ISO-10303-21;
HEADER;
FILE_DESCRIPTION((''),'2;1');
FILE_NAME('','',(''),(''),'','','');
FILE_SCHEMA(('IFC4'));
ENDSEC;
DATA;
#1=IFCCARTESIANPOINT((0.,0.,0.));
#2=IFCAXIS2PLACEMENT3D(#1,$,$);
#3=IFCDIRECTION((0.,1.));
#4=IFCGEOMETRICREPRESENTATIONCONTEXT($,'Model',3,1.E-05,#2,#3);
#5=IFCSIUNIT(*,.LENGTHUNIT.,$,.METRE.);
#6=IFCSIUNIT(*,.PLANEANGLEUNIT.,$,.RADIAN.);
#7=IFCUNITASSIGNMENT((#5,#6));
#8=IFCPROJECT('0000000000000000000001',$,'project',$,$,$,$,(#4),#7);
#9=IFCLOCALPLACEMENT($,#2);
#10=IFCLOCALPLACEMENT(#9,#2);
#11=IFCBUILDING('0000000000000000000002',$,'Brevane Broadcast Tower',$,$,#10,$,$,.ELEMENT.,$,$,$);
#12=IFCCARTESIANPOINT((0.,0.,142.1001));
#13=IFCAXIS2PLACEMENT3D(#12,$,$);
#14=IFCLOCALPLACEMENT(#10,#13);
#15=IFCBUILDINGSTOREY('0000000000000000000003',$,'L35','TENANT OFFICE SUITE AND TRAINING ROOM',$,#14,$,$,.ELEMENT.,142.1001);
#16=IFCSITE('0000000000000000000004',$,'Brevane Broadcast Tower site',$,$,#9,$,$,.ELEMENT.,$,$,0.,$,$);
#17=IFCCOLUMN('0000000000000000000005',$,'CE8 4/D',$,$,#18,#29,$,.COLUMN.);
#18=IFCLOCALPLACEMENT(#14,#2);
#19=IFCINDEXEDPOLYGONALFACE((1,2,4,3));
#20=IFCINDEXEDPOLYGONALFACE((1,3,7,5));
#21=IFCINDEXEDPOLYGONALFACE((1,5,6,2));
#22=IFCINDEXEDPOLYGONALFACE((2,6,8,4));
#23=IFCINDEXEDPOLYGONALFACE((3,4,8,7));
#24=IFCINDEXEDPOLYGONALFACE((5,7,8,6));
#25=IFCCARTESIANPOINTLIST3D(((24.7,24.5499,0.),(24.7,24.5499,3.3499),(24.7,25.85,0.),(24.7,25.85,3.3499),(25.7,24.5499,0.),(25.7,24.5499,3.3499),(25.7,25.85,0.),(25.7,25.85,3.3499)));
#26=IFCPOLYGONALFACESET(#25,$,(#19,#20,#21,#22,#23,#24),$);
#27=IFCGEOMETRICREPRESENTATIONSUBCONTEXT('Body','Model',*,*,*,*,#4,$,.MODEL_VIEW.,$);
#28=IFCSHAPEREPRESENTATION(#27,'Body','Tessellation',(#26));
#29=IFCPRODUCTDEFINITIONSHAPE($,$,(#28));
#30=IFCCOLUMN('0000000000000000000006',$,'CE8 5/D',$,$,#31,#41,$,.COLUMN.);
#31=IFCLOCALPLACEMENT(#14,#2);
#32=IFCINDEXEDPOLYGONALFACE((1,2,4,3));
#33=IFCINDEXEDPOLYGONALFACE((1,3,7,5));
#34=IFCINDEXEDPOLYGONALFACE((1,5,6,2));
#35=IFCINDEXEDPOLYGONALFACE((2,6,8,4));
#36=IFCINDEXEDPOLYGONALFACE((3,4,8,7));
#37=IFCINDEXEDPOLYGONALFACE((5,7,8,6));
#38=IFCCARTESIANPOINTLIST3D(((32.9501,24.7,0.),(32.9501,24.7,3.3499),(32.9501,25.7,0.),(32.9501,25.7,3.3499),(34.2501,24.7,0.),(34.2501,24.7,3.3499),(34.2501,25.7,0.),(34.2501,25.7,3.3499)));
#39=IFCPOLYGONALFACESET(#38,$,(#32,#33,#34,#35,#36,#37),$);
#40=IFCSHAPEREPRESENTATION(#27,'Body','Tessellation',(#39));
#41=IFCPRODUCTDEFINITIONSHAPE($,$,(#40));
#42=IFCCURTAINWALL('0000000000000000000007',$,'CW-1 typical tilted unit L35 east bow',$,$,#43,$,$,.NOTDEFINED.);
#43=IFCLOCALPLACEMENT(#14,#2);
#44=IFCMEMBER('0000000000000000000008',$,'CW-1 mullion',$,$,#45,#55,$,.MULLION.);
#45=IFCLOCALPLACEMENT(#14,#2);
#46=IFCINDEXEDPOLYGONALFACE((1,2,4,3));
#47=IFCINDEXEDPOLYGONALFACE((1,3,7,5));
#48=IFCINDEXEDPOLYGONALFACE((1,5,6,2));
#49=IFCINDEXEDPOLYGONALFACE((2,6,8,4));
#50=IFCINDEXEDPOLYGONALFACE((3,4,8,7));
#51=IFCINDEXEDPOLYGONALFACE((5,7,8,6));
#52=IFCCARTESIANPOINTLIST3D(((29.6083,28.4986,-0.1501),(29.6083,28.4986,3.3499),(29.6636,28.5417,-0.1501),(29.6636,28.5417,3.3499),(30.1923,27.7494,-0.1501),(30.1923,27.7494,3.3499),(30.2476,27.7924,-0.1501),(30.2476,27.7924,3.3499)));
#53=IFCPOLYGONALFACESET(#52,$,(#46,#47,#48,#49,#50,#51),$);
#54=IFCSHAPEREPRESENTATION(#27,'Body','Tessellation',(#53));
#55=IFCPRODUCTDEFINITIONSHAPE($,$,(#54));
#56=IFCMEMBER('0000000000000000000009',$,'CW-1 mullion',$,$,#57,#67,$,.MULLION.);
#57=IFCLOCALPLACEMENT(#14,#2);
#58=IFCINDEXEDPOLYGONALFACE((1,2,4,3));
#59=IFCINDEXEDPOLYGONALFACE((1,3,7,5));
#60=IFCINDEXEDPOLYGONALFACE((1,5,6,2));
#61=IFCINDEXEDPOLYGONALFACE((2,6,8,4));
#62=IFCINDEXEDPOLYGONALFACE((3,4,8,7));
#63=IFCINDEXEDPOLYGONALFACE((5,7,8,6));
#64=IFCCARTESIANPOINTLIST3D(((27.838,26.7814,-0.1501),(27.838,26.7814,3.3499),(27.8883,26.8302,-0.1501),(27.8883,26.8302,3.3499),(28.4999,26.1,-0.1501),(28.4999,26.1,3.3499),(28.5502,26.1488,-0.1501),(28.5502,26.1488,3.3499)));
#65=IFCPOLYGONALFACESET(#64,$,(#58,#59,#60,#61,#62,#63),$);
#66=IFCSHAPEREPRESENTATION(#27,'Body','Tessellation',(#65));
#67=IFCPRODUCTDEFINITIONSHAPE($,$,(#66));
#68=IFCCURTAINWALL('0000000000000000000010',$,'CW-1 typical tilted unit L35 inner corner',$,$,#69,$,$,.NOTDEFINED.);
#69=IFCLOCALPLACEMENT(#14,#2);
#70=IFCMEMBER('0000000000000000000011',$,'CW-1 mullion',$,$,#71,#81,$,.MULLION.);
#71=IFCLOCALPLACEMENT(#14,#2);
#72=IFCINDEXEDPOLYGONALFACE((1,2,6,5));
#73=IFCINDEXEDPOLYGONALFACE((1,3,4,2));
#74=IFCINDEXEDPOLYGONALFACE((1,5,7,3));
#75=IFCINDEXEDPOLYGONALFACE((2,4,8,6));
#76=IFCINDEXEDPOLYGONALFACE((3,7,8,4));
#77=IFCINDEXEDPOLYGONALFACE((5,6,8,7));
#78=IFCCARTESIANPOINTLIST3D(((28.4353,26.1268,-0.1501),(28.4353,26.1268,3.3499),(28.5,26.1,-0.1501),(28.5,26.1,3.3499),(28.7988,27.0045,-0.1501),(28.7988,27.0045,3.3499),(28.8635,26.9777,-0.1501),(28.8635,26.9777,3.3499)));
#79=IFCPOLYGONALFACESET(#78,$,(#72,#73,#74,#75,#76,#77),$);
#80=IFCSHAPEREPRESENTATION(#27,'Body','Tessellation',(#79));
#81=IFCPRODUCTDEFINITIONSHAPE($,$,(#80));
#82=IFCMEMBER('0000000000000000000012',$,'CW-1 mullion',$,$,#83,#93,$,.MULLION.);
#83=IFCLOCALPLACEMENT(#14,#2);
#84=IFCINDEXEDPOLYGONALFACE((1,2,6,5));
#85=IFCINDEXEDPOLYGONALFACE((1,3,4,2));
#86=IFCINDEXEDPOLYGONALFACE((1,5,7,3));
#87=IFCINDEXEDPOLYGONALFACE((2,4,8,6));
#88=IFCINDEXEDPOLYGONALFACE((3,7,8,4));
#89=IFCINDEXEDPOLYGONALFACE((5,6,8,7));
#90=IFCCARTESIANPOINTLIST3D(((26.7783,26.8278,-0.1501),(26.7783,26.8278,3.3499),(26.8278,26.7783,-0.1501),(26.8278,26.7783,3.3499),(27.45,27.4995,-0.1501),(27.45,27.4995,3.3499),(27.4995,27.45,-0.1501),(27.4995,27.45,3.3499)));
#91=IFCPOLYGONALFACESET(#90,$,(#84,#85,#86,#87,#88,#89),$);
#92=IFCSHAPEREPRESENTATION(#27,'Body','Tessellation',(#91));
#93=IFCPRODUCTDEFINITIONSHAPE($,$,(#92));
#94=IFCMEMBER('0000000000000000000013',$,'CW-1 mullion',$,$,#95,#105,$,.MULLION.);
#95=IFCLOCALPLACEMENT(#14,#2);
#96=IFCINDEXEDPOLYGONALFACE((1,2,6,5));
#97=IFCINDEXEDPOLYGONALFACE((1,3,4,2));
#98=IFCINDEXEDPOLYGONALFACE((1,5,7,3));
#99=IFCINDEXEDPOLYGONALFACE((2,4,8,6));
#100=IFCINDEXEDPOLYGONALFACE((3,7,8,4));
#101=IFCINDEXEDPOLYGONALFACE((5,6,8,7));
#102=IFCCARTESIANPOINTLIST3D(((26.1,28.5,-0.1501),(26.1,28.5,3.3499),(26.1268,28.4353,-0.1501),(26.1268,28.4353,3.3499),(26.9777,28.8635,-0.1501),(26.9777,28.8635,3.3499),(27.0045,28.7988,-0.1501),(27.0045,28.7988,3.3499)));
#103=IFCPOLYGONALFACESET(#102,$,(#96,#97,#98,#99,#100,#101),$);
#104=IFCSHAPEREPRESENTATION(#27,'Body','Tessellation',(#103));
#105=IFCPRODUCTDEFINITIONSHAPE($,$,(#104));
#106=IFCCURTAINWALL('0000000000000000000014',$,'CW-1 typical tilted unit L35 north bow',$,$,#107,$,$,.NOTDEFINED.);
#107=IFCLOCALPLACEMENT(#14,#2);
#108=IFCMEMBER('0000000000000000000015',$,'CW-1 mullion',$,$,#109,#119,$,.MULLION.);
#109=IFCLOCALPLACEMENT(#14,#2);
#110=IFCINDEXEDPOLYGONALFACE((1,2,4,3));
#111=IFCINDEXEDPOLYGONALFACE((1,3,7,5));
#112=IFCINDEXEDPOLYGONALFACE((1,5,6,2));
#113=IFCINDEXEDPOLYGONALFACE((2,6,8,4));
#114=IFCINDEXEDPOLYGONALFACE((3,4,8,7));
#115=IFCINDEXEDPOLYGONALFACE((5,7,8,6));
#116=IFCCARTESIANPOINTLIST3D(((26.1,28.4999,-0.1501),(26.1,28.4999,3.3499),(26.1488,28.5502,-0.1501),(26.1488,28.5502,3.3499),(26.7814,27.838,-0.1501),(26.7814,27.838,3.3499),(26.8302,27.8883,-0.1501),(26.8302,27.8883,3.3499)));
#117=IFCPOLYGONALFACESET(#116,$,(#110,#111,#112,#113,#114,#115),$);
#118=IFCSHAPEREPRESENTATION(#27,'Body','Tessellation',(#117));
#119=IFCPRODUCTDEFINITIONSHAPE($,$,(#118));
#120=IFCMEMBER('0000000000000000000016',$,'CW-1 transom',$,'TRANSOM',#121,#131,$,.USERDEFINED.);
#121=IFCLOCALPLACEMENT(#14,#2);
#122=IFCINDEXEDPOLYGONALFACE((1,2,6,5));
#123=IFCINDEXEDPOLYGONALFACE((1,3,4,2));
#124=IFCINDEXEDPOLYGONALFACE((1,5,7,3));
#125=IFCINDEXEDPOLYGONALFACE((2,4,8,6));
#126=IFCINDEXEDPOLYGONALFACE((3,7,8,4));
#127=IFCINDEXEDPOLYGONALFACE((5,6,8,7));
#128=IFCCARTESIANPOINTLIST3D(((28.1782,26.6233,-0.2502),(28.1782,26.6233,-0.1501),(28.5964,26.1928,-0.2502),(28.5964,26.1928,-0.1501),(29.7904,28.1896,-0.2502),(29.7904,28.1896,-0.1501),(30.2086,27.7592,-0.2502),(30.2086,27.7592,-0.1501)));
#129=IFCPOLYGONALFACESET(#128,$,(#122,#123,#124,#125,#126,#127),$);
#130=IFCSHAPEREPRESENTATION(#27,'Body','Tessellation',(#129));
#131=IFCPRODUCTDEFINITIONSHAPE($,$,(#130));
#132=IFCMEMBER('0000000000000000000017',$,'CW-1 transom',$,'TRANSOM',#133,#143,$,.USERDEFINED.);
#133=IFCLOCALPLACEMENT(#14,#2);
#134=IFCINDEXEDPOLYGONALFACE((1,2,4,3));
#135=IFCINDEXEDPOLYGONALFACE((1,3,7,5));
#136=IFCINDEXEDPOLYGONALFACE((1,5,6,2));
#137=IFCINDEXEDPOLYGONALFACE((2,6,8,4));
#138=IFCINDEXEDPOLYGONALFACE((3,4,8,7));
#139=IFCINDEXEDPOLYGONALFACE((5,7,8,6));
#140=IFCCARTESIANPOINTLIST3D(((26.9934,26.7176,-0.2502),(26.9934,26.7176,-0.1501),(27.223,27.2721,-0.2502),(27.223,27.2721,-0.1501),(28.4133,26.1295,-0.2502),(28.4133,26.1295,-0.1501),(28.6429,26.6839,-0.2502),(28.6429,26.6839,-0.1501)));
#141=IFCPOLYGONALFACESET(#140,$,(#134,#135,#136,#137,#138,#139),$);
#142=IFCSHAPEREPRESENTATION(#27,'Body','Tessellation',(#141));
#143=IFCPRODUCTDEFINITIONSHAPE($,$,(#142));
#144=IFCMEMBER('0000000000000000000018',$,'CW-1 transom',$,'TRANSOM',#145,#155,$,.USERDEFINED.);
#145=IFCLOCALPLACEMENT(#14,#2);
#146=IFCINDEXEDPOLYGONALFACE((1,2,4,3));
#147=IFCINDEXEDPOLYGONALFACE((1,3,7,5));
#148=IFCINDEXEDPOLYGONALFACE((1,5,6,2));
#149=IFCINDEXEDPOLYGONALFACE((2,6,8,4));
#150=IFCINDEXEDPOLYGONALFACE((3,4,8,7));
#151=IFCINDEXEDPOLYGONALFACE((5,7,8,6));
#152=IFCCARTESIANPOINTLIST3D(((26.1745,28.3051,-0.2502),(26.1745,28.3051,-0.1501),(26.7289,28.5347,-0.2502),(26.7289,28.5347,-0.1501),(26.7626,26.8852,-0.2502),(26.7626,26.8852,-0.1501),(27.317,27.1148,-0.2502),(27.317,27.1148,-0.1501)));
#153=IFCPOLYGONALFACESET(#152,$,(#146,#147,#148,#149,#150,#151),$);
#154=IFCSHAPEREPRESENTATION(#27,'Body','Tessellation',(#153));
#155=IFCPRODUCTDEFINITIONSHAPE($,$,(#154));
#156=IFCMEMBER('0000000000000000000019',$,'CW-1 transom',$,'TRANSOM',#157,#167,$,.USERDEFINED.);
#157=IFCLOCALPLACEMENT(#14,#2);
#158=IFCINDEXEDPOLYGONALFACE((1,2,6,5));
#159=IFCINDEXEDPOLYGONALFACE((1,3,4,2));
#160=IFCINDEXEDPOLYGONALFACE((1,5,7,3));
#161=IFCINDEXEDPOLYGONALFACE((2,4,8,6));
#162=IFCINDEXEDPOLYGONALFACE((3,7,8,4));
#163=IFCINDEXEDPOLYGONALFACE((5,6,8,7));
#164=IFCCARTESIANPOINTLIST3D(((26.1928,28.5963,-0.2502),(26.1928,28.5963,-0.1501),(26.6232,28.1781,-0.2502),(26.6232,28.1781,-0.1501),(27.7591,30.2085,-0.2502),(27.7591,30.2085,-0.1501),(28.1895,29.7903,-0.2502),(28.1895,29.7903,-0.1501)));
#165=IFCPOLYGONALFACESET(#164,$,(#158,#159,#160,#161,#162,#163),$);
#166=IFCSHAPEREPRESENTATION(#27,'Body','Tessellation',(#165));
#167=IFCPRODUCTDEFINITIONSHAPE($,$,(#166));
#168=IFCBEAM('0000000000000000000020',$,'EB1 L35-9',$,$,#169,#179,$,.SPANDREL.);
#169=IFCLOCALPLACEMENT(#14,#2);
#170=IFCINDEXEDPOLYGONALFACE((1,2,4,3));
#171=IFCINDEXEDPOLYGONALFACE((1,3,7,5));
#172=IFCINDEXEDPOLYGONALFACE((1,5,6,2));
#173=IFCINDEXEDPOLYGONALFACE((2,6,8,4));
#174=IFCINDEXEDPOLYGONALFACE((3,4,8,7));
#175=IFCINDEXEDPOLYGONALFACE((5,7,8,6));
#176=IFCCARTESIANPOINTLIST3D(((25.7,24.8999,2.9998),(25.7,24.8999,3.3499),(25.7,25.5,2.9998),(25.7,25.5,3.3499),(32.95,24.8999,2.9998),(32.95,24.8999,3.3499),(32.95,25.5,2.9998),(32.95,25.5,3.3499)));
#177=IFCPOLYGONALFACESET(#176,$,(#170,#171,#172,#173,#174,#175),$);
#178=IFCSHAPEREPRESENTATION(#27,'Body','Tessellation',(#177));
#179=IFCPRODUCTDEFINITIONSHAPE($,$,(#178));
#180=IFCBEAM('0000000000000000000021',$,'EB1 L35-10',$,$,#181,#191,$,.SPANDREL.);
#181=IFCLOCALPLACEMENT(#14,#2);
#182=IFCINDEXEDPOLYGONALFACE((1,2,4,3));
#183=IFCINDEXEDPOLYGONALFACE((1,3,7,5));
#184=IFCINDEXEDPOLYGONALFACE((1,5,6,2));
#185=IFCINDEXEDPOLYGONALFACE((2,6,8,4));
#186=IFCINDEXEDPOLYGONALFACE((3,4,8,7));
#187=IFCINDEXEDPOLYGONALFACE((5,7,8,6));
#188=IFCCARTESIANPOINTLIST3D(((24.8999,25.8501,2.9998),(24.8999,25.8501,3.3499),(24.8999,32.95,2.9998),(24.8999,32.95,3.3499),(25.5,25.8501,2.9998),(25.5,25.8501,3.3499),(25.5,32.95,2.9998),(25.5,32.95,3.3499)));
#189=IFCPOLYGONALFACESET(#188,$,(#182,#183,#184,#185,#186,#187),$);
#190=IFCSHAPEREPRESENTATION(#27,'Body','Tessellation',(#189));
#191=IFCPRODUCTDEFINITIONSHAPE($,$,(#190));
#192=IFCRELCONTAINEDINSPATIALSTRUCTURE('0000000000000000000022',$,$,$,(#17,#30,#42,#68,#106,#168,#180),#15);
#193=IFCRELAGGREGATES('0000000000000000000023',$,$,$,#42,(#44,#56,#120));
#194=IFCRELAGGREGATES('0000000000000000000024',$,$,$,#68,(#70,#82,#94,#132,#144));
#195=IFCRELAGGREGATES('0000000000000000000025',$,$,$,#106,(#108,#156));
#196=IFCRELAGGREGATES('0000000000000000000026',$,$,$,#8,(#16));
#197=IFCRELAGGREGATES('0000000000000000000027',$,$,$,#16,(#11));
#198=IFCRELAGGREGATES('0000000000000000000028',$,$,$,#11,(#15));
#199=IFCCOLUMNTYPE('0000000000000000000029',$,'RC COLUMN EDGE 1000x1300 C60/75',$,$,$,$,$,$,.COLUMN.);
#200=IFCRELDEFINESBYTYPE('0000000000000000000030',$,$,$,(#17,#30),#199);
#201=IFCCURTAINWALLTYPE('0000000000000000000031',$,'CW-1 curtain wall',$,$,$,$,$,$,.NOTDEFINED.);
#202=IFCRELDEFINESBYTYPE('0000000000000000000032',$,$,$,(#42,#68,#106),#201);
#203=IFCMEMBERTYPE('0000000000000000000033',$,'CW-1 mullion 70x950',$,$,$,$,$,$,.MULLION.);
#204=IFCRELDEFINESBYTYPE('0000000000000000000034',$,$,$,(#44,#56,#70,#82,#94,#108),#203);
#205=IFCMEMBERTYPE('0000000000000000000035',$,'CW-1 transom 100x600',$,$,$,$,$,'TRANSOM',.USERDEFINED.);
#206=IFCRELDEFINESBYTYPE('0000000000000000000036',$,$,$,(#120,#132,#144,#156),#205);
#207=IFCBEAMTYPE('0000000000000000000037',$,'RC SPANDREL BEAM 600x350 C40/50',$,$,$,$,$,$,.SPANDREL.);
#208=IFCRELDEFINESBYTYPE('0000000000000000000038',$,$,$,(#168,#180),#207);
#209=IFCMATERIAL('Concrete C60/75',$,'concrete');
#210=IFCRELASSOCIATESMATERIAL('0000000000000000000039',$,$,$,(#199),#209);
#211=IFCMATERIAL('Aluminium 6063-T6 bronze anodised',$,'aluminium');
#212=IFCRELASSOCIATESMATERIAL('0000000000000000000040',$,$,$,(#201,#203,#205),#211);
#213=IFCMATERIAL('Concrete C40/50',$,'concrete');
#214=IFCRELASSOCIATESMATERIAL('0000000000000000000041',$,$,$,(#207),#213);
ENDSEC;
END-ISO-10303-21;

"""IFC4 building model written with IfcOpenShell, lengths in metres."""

from ifc_helpers import new_model, si_unit, direction, frame, origin, origin_2d, place, context, subcontext, project, spatial, rectangle, extrude, material, material_profile, profile_set, type_object, element, aggregate, save


model = new_model("IFC4")

# Units and contexts
model_context = context("Model", 3, precision=1e-05, world=origin(), true_north=direction((0.0, 1.0)))
body_context = subcontext(model_context, "Body", "Model", "MODEL_VIEW")
ifc_project = project(units=[si_unit("LENGTHUNIT", "METRE"), si_unit("PLANEANGLEUNIT", "RADIAN")], contexts=[model_context])

# Site, building, storey
site_placement = place(None, origin())
site = spatial("IfcSite", under=ifc_project, at=site_placement, Name="Brevane Broadcast Tower site", CompositionType="ELEMENT", RefElevation=0.0)
building_placement = place(site_placement, origin())
building = spatial("IfcBuilding", under=site, at=building_placement, Name="Brevane Broadcast Tower", CompositionType="ELEMENT")
storey_placement = place(building_placement, frame((0.0, 0.0, 142.1001)))
storey = spatial("IfcBuildingStorey", under=building, at=storey_placement, Name="L35", Description="TENANT OFFICE SUITE AND TRAINING ROOM", CompositionType="ELEMENT", Elevation=142.1001)

# Columns
ifc_material_1 = material(Name="Concrete C60/75", Category="concrete")
ifc_material_profile_1 = material_profile(ifc_material_1, rectangle(XDim=1.0, YDim=1.3, at=origin_2d()), Name="RC 1000x1300")
ifc_profile_set_1 = profile_set([ifc_material_profile_1], Name="Concrete C60/75")
column_type = type_object("IfcColumnType", Name="RC COLUMN EDGE 1000x1300 C60/75", PredefinedType="COLUMN", material=ifc_profile_set_1)
for number, where, z_axis, x_axis, name in (
    (1, (25.2, 25.2, 0.0), (0.0, 0.0, 1.0), (1.0, 0.0, 0.0), "CE8 4/D"),
    (2, (33.6001, 25.2, 0.0), (0.0, 0.0, 1.0), (0.0, 1.0, 0.0), "CE8 5/D"),
):
    element("IfcColumn", number, at=place(storey_placement, frame(where, z_axis=z_axis, x_axis=x_axis)), inside=storey, type_object=column_type, Name=name, PredefinedType="COLUMN", context=body_context, shape_type="SweptSolid", body=[
        extrude(rectangle(XDim=1.0, YDim=1.3, at=origin_2d()), origin(), (0.0, 0.0, 1.0), 3.3499),
    ])

# Curtain walls, members
ifc_material_2 = material(Name="Aluminium 6063-T6 bronze anodised", Category="aluminium")
curtain_wall_type = type_object("IfcCurtainWallType", Name="CW-1 curtain wall", PredefinedType="NOTDEFINED", material=ifc_material_2)
curtain_wall_1_placement = place(storey_placement, origin())
curtain_wall_1 = element("IfcCurtainWall", 3, at=curtain_wall_1_placement, inside=storey, type_object=curtain_wall_type, Name="CW-1 typical tilted unit L35 east bow", PredefinedType="NOTDEFINED")
ifc_material_profile_2 = material_profile(ifc_material_2, rectangle(XDim=0.95, YDim=0.0701, at=origin_2d()), Name="RECT 70x950")
ifc_profile_set_2 = profile_set([ifc_material_profile_2], Name="Aluminium 6063-T6 bronze anodised")
member_type_1 = type_object("IfcMemberType", Name="CW-1 mullion 70x950", PredefinedType="MULLION", material=ifc_profile_set_2)
member_1_placement = place(storey_placement, frame((29.928, 28.1455, -0.1501), z_axis=(0.0, 0.0, 1.0), x_axis=(0.61477, -0.788707, 0.0)))
member_1 = element("IfcMember", 4, at=member_1_placement, type_object=member_type_1, Name="CW-1 mullion", PredefinedType="MULLION", context=body_context, shape_type="SweptSolid", body=[
    extrude(rectangle(XDim=0.95, YDim=0.0701, at=origin_2d()), origin(), (0.0, 0.0, 1.0), 3.5),
])
member_2_placement = place(storey_placement, frame((28.1941, 26.4651, -0.1501), z_axis=(0.0, 0.0, 1.0), x_axis=(0.696812, -0.717254, 0.0)))
member_2 = element("IfcMember", 5, at=member_2_placement, type_object=member_type_1, Name="CW-1 mullion", PredefinedType="MULLION", context=body_context, shape_type="SweptSolid", body=[
    extrude(rectangle(XDim=0.95, YDim=0.0701, at=origin_2d()), origin(), (0.0, 0.0, 1.0), 3.5),
])
curtain_wall_2_placement = place(storey_placement, origin())
curtain_wall_2 = element("IfcCurtainWall", 6, at=curtain_wall_2_placement, inside=storey, type_object=curtain_wall_type, Name="CW-1 typical tilted unit L35 inner corner", PredefinedType="NOTDEFINED")
member_3_placement = place(storey_placement, frame((28.6494, 26.5522, -0.1501), z_axis=(0.0, 0.0, 1.0), x_axis=(-0.382684, -0.923879, 0.0)))
member_3 = element("IfcMember", 7, at=member_3_placement, type_object=member_type_1, Name="CW-1 mullion", PredefinedType="MULLION", context=body_context, shape_type="SweptSolid", body=[
    extrude(rectangle(XDim=0.95, YDim=0.0701, at=origin_2d()), origin(), (0.0, 0.0, 1.0), 3.5),
])
member_4_placement = place(storey_placement, frame((27.1389, 27.1389, -0.1501), z_axis=(0.0, 0.0, 1.0), x_axis=(-0.707107, -0.707107, 0.0)))
member_4 = element("IfcMember", 8, at=member_4_placement, type_object=member_type_1, Name="CW-1 mullion", PredefinedType="MULLION", context=body_context, shape_type="SweptSolid", body=[
    extrude(rectangle(XDim=0.95, YDim=0.0701, at=origin_2d()), origin(), (0.0, 0.0, 1.0), 3.5),
])
member_5_placement = place(storey_placement, frame((26.5522, 28.6494, -0.1501), z_axis=(0.0, 0.0, 1.0), x_axis=(-0.923879, -0.382684, 0.0)))
member_5 = element("IfcMember", 9, at=member_5_placement, type_object=member_type_1, Name="CW-1 mullion", PredefinedType="MULLION", context=body_context, shape_type="SweptSolid", body=[
    extrude(rectangle(XDim=0.95, YDim=0.0701, at=origin_2d()), origin(), (0.0, 0.0, 1.0), 3.5),
])

# Curtain wall, member
curtain_wall_3_placement = place(storey_placement, origin())
curtain_wall_3 = element("IfcCurtainWall", 10, at=curtain_wall_3_placement, inside=storey, type_object=curtain_wall_type, Name="CW-1 typical tilted unit L35 north bow", PredefinedType="NOTDEFINED")
member_6_placement = place(storey_placement, frame((26.4651, 28.1941, -0.1501), z_axis=(0.0, 0.0, 1.0), x_axis=(-0.717254, 0.696812, 0.0)))
member_6 = element("IfcMember", 11, at=member_6_placement, type_object=member_type_1, Name="CW-1 mullion", PredefinedType="MULLION", context=body_context, shape_type="SweptSolid", body=[
    extrude(rectangle(XDim=0.95, YDim=0.0701, at=origin_2d()), origin(), (0.0, 0.0, 1.0), 3.5),
])

# Members
ifc_material_profile_3 = material_profile(ifc_material_2, rectangle(XDim=0.6001, YDim=0.1001, at=origin_2d()), Name="RECT 100x600")
ifc_profile_set_3 = profile_set([ifc_material_profile_3], Name="Aluminium 6063-T6 bronze anodised")
member_type_2 = type_object("IfcMemberType", Name="CW-1 transom 100x600", ElementType="TRANSOM", PredefinedType="USERDEFINED", material=ifc_profile_set_3)
member_7_placement = place(storey_placement, frame((29.9995, 27.9744, -0.2002), z_axis=(-0.717242, -0.696824, 0.0), x_axis=(0.696824, -0.717242, 0.0)))
member_7 = element("IfcMember", 12, at=member_7_placement, type_object=member_type_2, Name="CW-1 transom", ObjectType="TRANSOM", PredefinedType="USERDEFINED", context=body_context, shape_type="SweptSolid", body=[
    extrude(rectangle(XDim=0.6001, YDim=0.1001, at=origin_2d()), origin(), (0.0, 0.0, 1.0), 2.2478),
])
aggregate(curtain_wall_1, [member_1, member_2, member_7])
member_8_placement = place(storey_placement, frame((28.5281, 26.4067, -0.2002), z_axis=(-0.923883, 0.382674, 0.0), x_axis=(-0.382674, -0.923883, 0.0)))
member_8 = element("IfcMember", 13, at=member_8_placement, type_object=member_type_2, Name="CW-1 transom", ObjectType="TRANSOM", PredefinedType="USERDEFINED", context=body_context, shape_type="SweptSolid", body=[
    extrude(rectangle(XDim=0.6001, YDim=0.1001, at=origin_2d()), origin(), (0.0, 0.0, 1.0), 1.5369),
])
member_9_placement = place(storey_placement, frame((27.0398, 27.0, -0.2002), z_axis=(-0.382674, 0.923883, 0.0), x_axis=(-0.923883, -0.382674, 0.0)))
member_9 = element("IfcMember", 14, at=member_9_placement, type_object=member_type_2, Name="CW-1 transom", ObjectType="TRANSOM", PredefinedType="USERDEFINED", context=body_context, shape_type="SweptSolid", body=[
    extrude(rectangle(XDim=0.6001, YDim=0.1001, at=origin_2d()), origin(), (0.0, 0.0, 1.0), 1.5369),
])
aggregate(curtain_wall_2, [member_3, member_4, member_5, member_8, member_9])
member_10_placement = place(storey_placement, frame((26.408, 28.3872, -0.2002), z_axis=(0.696824, 0.717242, 0.0), x_axis=(-0.717242, 0.696824, 0.0)))
member_10 = element("IfcMember", 15, at=member_10_placement, type_object=member_type_2, Name="CW-1 transom", ObjectType="TRANSOM", PredefinedType="USERDEFINED", context=body_context, shape_type="SweptSolid", body=[
    extrude(rectangle(XDim=0.6001, YDim=0.1001, at=origin_2d()), origin(), (0.0, 0.0, 1.0), 2.2478),
])
aggregate(curtain_wall_3, [member_6, member_10])

# Beams
ifc_material_3 = material(Name="Concrete C40/50", Category="concrete")
ifc_material_profile_4 = material_profile(ifc_material_3, rectangle(XDim=0.6001, YDim=0.3501, at=origin_2d()), Name="RC 600x350")
ifc_profile_set_4 = profile_set([ifc_material_profile_4], Name="Concrete C40/50")
beam_type = type_object("IfcBeamType", Name="RC SPANDREL BEAM 600x350 C40/50", PredefinedType="SPANDREL", material=ifc_profile_set_4)
beam_1_placement = place(storey_placement, frame((32.95, 25.2, 3.1748), z_axis=(-1.0, 0.0, 0.0), x_axis=(0.0, -1.0, 0.0)))
element("IfcBeam", 16, at=beam_1_placement, inside=storey, type_object=beam_type, Name="EB1 L35-9", PredefinedType="SPANDREL", context=body_context, shape_type="SweptSolid", body=[
    extrude(rectangle(XDim=0.6001, YDim=0.3501, at=origin_2d()), origin(), (0.0, 0.0, 1.0), 7.25),
])
beam_2_placement = place(storey_placement, frame((25.2, 25.8501, 3.1748), z_axis=(0.0, 1.0, 0.0), x_axis=(-1.0, 0.0, 0.0)))
element("IfcBeam", 17, at=beam_2_placement, inside=storey, type_object=beam_type, Name="EB1 L35-10", PredefinedType="SPANDREL", context=body_context, shape_type="SweptSolid", body=[
    extrude(rectangle(XDim=0.6001, YDim=0.3501, at=origin_2d()), origin(), (0.0, 0.0, 1.0), 7.0999),
])

save(model, "model.ifc")
